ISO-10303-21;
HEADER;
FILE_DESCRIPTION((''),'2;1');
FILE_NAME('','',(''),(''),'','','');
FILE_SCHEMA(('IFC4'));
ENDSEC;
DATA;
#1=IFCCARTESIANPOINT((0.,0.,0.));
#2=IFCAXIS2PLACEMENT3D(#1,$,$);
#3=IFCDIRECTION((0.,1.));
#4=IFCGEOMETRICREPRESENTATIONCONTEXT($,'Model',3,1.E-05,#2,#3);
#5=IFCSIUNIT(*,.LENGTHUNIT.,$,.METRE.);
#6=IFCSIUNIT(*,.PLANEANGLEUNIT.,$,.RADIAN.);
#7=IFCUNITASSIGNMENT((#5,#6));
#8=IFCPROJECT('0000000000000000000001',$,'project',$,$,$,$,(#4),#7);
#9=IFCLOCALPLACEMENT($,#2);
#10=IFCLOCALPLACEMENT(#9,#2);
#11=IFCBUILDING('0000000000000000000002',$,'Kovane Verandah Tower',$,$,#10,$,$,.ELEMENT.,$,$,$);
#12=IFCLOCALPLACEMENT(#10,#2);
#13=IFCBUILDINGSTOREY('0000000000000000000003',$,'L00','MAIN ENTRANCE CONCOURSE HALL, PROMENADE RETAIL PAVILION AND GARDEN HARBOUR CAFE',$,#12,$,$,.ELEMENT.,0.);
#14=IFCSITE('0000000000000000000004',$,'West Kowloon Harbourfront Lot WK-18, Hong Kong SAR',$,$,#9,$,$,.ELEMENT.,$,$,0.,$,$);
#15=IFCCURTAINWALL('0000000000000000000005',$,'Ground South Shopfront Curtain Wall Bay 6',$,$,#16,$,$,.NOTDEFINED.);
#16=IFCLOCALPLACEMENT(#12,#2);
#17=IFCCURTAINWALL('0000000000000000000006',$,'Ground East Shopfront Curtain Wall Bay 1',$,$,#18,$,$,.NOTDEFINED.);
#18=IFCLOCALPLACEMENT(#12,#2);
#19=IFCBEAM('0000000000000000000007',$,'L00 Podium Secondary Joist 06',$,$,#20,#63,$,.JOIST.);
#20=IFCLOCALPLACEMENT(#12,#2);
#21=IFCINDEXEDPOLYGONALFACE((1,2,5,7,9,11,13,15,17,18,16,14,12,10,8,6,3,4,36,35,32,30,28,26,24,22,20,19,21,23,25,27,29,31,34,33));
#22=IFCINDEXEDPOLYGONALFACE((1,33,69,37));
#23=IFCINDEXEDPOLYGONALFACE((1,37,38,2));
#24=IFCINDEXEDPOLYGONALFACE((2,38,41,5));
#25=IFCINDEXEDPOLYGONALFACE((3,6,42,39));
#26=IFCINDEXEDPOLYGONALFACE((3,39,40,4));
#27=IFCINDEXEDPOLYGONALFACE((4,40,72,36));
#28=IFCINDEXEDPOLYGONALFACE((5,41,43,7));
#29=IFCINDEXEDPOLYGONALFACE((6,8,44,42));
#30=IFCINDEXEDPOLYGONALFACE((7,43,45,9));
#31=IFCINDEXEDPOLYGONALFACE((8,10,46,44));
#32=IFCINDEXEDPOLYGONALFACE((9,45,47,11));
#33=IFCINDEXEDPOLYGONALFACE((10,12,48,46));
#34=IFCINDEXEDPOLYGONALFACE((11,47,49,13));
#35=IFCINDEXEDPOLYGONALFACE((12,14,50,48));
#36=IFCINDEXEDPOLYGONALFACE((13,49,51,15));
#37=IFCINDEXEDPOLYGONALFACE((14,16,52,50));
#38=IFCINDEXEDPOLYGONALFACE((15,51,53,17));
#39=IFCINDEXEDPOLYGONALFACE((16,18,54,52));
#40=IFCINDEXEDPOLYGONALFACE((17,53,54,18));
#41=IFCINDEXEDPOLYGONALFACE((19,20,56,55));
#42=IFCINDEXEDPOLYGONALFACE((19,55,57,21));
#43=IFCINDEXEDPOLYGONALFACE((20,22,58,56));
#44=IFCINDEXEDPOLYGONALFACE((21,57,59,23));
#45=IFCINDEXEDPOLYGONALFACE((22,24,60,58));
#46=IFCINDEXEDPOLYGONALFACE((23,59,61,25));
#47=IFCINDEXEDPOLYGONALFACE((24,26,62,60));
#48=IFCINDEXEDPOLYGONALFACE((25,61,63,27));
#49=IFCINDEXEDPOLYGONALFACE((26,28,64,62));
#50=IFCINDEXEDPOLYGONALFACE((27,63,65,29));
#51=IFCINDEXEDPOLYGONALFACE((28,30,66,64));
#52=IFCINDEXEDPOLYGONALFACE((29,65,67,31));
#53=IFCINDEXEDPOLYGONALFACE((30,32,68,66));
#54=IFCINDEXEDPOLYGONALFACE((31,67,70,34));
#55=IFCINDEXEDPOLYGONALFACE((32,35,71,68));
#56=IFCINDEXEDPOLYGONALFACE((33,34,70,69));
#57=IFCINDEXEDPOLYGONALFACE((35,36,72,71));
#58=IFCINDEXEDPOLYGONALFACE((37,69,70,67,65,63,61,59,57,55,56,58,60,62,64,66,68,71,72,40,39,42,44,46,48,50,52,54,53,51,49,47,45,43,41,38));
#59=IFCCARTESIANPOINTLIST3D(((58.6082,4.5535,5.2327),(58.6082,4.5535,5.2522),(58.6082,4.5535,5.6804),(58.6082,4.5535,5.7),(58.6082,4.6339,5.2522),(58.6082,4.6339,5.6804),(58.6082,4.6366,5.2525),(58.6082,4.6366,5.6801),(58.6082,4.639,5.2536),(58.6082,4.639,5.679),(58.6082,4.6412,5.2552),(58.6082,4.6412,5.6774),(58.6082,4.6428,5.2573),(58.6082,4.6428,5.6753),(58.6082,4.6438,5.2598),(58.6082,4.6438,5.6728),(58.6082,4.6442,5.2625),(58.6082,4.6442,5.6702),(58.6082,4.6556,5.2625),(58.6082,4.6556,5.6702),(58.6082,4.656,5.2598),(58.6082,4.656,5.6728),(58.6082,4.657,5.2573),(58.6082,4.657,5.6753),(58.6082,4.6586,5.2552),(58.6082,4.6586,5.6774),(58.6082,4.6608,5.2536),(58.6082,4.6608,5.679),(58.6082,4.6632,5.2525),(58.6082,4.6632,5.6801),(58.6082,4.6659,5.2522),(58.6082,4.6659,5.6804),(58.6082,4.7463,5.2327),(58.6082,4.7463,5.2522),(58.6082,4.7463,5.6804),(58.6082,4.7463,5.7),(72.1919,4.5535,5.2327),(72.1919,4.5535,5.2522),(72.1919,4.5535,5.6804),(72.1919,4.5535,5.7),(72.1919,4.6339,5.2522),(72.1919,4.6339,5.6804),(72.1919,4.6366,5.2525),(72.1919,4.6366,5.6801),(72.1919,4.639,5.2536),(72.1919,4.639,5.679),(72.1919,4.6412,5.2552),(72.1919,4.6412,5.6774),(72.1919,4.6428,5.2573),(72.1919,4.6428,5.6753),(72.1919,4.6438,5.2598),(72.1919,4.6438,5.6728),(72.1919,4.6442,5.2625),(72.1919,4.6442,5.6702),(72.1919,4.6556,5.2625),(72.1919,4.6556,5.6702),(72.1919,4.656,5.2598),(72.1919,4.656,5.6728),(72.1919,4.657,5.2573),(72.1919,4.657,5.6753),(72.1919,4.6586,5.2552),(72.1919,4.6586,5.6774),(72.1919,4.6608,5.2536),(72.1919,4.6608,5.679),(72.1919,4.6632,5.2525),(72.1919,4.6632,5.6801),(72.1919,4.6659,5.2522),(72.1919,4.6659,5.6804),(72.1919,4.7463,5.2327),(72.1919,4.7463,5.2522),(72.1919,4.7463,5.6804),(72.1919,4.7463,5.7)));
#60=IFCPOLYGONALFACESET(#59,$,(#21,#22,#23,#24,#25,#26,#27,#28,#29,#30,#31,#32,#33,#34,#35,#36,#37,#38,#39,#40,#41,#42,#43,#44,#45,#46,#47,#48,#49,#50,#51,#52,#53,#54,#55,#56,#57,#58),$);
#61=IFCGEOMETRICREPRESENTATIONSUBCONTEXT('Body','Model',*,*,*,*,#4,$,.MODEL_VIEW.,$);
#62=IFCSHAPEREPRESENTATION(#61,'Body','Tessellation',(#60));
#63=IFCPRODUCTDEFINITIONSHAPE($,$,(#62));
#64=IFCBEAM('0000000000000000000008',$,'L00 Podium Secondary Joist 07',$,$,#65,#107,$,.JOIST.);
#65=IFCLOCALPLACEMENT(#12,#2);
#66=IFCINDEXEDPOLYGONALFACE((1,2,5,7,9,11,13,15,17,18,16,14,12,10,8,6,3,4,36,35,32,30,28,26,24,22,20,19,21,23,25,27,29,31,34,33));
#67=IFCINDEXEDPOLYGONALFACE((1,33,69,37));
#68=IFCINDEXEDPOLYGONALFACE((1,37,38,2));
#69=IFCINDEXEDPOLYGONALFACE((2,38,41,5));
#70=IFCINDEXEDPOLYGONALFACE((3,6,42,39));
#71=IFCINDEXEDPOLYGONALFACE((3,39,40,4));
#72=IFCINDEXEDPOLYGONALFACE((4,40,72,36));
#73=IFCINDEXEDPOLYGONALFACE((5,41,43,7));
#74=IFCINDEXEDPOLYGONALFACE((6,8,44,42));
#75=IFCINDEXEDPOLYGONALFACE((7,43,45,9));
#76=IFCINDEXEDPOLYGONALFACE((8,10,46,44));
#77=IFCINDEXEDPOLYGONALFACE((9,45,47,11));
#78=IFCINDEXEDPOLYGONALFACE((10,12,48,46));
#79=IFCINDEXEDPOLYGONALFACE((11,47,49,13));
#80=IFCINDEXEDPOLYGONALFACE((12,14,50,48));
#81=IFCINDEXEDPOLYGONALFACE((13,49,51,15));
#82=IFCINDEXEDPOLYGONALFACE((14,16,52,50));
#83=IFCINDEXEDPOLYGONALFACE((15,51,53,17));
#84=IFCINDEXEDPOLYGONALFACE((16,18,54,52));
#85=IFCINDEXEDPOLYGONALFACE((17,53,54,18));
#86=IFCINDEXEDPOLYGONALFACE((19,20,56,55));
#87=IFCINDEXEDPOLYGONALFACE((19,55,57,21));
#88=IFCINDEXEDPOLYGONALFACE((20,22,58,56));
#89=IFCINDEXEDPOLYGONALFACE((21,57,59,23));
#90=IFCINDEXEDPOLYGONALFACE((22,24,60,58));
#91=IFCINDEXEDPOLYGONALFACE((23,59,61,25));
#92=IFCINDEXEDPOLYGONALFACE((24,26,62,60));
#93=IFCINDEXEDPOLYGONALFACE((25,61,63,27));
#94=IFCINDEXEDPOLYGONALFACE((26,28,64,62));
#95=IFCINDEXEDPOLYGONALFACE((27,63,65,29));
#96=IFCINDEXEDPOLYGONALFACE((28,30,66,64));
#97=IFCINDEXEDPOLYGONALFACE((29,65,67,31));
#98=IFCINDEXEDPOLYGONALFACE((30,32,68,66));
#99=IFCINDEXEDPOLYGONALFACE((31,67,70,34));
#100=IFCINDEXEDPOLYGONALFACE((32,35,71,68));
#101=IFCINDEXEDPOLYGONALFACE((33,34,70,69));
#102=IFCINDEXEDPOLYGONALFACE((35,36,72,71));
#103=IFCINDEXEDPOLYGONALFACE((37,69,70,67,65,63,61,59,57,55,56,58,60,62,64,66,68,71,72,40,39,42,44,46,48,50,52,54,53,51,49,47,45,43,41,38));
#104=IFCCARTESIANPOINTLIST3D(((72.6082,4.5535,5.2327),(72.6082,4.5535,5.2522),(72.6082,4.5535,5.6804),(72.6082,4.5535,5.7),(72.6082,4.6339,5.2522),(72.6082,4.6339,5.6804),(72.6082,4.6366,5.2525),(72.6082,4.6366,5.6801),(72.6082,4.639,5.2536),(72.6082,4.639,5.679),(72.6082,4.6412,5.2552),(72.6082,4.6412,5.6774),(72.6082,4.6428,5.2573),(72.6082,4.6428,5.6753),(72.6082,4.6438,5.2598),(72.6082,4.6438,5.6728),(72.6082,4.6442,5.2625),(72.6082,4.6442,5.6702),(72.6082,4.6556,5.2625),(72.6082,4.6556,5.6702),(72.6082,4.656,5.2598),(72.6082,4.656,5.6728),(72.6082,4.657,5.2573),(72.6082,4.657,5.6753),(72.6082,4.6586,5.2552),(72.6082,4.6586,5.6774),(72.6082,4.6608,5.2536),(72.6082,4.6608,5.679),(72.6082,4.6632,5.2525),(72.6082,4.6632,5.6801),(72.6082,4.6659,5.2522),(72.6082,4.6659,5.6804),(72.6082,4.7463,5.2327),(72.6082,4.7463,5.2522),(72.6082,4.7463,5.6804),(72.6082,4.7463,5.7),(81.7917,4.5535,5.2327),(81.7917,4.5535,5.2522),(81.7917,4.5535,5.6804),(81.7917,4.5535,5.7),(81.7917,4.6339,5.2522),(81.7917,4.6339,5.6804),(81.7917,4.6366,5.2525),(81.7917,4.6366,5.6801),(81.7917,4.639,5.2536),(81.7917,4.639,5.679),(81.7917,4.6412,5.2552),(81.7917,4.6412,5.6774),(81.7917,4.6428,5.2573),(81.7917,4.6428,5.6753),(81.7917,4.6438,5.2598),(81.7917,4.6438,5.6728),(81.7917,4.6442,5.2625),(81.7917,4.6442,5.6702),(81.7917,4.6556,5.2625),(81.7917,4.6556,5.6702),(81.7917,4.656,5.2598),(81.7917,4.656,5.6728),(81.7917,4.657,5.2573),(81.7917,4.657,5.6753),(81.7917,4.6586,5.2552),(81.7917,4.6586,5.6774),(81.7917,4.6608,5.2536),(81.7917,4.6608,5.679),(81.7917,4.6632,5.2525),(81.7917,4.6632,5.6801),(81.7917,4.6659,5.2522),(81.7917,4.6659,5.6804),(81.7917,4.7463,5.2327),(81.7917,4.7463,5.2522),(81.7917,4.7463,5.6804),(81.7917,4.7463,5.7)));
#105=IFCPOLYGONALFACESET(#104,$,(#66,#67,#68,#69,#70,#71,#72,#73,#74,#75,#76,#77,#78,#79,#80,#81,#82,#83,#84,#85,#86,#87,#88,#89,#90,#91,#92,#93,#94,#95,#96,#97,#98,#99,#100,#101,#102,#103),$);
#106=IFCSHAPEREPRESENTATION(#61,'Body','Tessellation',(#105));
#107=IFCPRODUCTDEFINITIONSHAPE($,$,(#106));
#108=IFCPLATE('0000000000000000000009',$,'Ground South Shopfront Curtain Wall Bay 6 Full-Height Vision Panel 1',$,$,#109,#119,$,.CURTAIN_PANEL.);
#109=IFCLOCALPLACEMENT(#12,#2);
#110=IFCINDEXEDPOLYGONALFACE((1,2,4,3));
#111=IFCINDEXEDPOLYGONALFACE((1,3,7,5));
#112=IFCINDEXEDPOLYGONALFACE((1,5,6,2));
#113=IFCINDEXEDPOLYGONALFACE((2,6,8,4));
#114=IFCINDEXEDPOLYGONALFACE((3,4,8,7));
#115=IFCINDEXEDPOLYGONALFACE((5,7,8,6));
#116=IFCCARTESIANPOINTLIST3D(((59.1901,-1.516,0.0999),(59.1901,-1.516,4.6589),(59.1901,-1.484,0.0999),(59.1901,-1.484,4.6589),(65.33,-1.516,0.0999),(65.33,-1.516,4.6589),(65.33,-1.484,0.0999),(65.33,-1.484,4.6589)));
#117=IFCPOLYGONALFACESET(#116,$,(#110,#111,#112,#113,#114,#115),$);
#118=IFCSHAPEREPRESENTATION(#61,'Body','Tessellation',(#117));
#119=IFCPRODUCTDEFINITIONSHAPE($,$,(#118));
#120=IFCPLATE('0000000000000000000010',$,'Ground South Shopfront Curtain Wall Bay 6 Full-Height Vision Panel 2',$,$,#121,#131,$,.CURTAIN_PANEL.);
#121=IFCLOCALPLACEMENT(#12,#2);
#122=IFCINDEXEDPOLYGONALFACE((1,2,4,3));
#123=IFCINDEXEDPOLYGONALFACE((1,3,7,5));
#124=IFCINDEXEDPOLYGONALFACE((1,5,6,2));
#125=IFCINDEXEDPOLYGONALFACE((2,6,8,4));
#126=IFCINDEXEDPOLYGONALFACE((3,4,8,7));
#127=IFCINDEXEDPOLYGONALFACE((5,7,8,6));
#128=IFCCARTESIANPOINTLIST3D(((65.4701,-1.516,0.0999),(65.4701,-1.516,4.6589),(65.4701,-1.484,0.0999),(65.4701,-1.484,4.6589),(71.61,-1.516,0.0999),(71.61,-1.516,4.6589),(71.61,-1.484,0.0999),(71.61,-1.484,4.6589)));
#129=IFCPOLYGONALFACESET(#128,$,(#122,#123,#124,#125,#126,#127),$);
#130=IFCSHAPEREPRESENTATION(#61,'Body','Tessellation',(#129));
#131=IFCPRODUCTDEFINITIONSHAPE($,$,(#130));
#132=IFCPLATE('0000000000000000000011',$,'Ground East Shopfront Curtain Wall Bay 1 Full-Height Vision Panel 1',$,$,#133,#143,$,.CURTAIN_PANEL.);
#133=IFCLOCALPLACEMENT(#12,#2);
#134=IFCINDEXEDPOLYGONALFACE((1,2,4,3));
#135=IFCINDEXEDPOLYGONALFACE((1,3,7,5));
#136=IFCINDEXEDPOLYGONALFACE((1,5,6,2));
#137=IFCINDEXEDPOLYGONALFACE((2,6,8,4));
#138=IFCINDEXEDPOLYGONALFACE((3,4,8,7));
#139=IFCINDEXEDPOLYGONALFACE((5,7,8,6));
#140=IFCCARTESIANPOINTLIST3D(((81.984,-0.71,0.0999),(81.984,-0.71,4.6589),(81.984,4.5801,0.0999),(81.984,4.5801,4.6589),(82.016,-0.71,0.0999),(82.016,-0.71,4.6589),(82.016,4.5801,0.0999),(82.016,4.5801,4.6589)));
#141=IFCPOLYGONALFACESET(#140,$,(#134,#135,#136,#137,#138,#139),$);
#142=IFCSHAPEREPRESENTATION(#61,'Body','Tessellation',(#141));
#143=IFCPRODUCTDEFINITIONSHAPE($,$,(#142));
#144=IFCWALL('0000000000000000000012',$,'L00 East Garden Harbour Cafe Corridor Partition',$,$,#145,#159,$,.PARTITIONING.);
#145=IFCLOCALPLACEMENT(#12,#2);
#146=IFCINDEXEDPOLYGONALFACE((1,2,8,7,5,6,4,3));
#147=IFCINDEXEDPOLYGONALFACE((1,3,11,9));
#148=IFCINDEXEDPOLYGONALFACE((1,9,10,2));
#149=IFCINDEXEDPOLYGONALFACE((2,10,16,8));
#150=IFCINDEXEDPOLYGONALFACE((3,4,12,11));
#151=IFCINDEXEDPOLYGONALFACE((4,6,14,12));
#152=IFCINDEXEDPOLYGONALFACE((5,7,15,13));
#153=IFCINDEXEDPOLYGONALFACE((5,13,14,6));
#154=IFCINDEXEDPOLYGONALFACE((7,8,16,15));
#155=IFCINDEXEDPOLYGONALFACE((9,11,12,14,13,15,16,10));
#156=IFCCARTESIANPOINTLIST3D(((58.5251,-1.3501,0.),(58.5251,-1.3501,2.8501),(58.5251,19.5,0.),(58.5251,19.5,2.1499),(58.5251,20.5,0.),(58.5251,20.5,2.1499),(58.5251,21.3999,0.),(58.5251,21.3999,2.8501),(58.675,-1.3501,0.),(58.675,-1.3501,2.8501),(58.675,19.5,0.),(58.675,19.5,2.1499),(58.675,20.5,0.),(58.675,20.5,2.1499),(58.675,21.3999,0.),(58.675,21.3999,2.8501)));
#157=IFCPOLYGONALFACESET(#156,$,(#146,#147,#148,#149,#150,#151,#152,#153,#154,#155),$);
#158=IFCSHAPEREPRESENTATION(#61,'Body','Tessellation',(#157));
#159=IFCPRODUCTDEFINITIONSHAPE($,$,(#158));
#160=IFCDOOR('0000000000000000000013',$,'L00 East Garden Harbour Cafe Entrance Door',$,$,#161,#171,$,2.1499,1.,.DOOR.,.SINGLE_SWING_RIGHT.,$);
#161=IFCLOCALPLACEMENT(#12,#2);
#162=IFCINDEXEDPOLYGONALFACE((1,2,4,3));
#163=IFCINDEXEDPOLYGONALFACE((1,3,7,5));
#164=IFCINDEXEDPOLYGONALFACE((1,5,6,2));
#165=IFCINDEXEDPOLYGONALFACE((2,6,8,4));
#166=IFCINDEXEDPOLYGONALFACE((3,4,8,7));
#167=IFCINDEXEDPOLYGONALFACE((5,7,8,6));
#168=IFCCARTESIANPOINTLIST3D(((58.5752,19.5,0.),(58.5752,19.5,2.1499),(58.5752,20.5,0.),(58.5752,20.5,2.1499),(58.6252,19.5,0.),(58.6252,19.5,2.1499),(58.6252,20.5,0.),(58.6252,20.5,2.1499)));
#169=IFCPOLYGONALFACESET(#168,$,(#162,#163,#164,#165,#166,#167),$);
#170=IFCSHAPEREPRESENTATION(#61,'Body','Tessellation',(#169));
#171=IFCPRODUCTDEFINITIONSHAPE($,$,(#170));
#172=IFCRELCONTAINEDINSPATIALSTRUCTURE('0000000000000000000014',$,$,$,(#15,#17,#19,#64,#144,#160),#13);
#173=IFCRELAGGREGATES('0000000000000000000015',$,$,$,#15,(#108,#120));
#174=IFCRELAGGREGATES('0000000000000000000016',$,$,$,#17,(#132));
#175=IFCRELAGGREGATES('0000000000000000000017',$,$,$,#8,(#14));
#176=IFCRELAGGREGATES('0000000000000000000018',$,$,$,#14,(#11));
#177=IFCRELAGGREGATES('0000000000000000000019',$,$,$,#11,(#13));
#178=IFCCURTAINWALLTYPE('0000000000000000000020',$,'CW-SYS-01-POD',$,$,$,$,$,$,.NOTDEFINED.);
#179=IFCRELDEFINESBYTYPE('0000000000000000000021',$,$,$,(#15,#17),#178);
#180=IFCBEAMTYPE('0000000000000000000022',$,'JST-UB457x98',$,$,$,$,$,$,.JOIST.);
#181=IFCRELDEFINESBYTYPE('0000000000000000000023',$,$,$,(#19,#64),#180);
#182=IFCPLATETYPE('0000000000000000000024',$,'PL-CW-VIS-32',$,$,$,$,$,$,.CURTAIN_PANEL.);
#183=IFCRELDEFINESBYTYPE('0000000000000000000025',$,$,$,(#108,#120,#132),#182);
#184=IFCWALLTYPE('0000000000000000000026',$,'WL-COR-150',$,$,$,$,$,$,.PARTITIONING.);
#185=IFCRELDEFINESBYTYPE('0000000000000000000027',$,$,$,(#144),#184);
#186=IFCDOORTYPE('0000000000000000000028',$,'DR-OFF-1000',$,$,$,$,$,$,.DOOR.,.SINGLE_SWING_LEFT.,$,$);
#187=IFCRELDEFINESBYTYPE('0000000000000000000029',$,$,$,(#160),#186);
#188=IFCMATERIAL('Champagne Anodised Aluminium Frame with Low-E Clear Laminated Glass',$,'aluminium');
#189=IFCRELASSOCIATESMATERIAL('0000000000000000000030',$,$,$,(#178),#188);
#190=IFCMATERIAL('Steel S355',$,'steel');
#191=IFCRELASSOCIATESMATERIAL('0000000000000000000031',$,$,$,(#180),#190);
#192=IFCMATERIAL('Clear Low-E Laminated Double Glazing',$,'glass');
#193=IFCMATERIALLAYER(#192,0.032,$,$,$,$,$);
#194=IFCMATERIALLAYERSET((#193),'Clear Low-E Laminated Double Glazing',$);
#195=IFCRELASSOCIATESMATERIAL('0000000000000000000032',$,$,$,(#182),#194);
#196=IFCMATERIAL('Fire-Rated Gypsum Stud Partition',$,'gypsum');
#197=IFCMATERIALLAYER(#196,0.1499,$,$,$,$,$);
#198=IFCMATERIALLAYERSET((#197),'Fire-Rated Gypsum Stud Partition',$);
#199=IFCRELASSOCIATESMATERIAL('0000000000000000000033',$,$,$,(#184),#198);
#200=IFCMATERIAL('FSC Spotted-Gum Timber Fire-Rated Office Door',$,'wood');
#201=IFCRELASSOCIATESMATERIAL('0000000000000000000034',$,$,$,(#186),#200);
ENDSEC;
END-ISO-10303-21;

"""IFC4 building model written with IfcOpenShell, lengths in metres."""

from ifc_helpers import new_model, si_unit, direction, frame, frame_2d, origin, origin_2d, place, context, subcontext, project, spatial, rectangle, i_section, extrude, material, layer, layer_set, material_profile, profile_set, type_object, element, fill, aggregate, save


model = new_model("IFC4")

# Units and contexts
model_context = context("Model", 3, precision=1e-05, world=origin(), true_north=direction((0.0, 1.0)))
body_context = subcontext(model_context, "Body", "Model", "MODEL_VIEW")
ifc_project = project(units=[si_unit("LENGTHUNIT", "METRE"), si_unit("PLANEANGLEUNIT", "RADIAN")], contexts=[model_context])

# Site, building, storey
site_placement = place(None, origin())
site = spatial("IfcSite", under=ifc_project, at=site_placement, Name="West Kowloon Harbourfront Lot WK-18, Hong Kong SAR", CompositionType="ELEMENT", RefElevation=0.0)
building_placement = place(site_placement, origin())
building = spatial("IfcBuilding", under=site, at=building_placement, Name="Kovane Verandah Tower", CompositionType="ELEMENT")
storey_placement = place(building_placement, origin())
storey = spatial("IfcBuildingStorey", under=building, at=storey_placement, Name="L00", Description="MAIN ENTRANCE CONCOURSE HALL, PROMENADE RETAIL PAVILION AND GARDEN HARBOUR CAFE", CompositionType="ELEMENT", Elevation=0.0)

# Curtain walls
ifc_material_1 = material(Name="Champagne Anodised Aluminium Frame with Low-E Clear Laminated Glass", Category="aluminium")
curtain_wall_type = type_object("IfcCurtainWallType", Name="CW-SYS-01-POD", PredefinedType="NOTDEFINED", material=ifc_material_1)
curtain_wall_1_placement = place(storey_placement, origin())
curtain_wall_1 = element("IfcCurtainWall", 1, at=curtain_wall_1_placement, inside=storey, type_object=curtain_wall_type, Name="Ground South Shopfront Curtain Wall Bay 6", PredefinedType="NOTDEFINED")
curtain_wall_2_placement = place(storey_placement, origin())
curtain_wall_2 = element("IfcCurtainWall", 2, at=curtain_wall_2_placement, inside=storey, type_object=curtain_wall_type, Name="Ground East Shopfront Curtain Wall Bay 1", PredefinedType="NOTDEFINED")

# Beams
ifc_material_2 = material(Name="Steel S355", Category="steel")
ifc_material_profile_1 = material_profile(ifc_material_2, i_section(OverallWidth=0.1929, OverallDepth=0.4673, WebThickness=0.0115, FlangeThickness=0.0195, FilletRadius=0.0103, at=origin_2d()), Name="UB457x191x98")
ifc_profile_set_1 = profile_set([ifc_material_profile_1], Name="Steel S355")
beam_type_1 = type_object("IfcBeamType", Name="JST-UB457x98", PredefinedType="JOIST", material=ifc_profile_set_1)
beam_1_placement = place(storey_placement, frame((58.6082, 4.6499, 5.4663), z_axis=(1.0, 0.0, 0.0), x_axis=(0.0, 1.0, 0.0)))
element("IfcBeam", 3, at=beam_1_placement, inside=storey, type_object=beam_type_1, Name="L00 Podium Secondary Joist 06", PredefinedType="JOIST", context=body_context, shape_type="SweptSolid", body=[
    extrude(i_section(OverallWidth=0.1929, OverallDepth=0.4673, WebThickness=0.0115, FlangeThickness=0.0195, FilletRadius=0.0103, at=origin_2d()), origin(), (0.0, 0.0, 1.0), 13.5837),
])
beam_2_placement = place(storey_placement, frame((72.6082, 4.6499, 5.4663), z_axis=(1.0, 0.0, 0.0), x_axis=(0.0, 1.0, 0.0)))
element("IfcBeam", 4, at=beam_2_placement, inside=storey, type_object=beam_type_1, Name="L00 Podium Secondary Joist 07", PredefinedType="JOIST", context=body_context, shape_type="SweptSolid", body=[
    extrude(i_section(OverallWidth=0.1929, OverallDepth=0.4673, WebThickness=0.0115, FlangeThickness=0.0195, FilletRadius=0.0103, at=origin_2d()), origin(), (0.0, 0.0, 1.0), 9.1836),
])

# Plates
ifc_material_3 = material(Name="Clear Low-E Laminated Double Glazing", Category="glass")
ifc_layer_1 = layer(ifc_material_3, 0.032)
ifc_layer_set_1 = layer_set([ifc_layer_1], Name="Clear Low-E Laminated Double Glazing")
plate_type = type_object("IfcPlateType", Name="PL-CW-VIS-32", PredefinedType="CURTAIN_PANEL", material=ifc_layer_set_1)
plate_1_placement = place(storey_placement, frame((62.26, -1.5, 0.0999), z_axis=(0.0, 0.0, 1.0), x_axis=(1.0, 0.0, 0.0)))
plate_1 = element("IfcPlate", 5, at=plate_1_placement, type_object=plate_type, Name="Ground South Shopfront Curtain Wall Bay 6 Full-Height Vision Panel 1", PredefinedType="CURTAIN_PANEL", context=body_context, shape_type="SweptSolid", body=[
    extrude(rectangle(XDim=6.1399, YDim=0.032, at=origin_2d()), origin(), (0.0, 0.0, 1.0), 4.5591),
])
plate_2_placement = place(storey_placement, frame((68.54, -1.5, 0.0999), z_axis=(0.0, 0.0, 1.0), x_axis=(1.0, 0.0, 0.0)))
plate_2 = element("IfcPlate", 6, at=plate_2_placement, type_object=plate_type, Name="Ground South Shopfront Curtain Wall Bay 6 Full-Height Vision Panel 2", PredefinedType="CURTAIN_PANEL", context=body_context, shape_type="SweptSolid", body=[
    extrude(rectangle(XDim=6.1399, YDim=0.032, at=origin_2d()), origin(), (0.0, 0.0, 1.0), 4.5591),
])
aggregate(curtain_wall_1, [plate_1, plate_2])
plate_3_placement = place(storey_placement, frame((82.0, 1.9351, 0.0999), z_axis=(0.0, 0.0, 1.0), x_axis=(0.0, 1.0, 0.0)))
plate_3 = element("IfcPlate", 7, at=plate_3_placement, type_object=plate_type, Name="Ground East Shopfront Curtain Wall Bay 1 Full-Height Vision Panel 1", PredefinedType="CURTAIN_PANEL", context=body_context, shape_type="SweptSolid", body=[
    extrude(rectangle(XDim=5.29, YDim=0.032, at=origin_2d()), origin(), (0.0, 0.0, 1.0), 4.5591),
])
aggregate(curtain_wall_2, [plate_3])

# Wall, opening, door
ifc_material_4 = material(Name="Fire-Rated Gypsum Stud Partition", Category="gypsum")
ifc_layer_2 = layer(ifc_material_4, 0.1499)
ifc_layer_set_2 = layer_set([ifc_layer_2], Name="Fire-Rated Gypsum Stud Partition")
wall_type_1 = type_object("IfcWallType", Name="WL-COR-150", PredefinedType="PARTITIONING", material=ifc_layer_set_2)
wall_1_placement = place(storey_placement, frame((58.6001, -1.3501, 0.0), z_axis=(0.0, 0.0, 1.0), x_axis=(0.0, 1.0, 0.0)))
wall_1 = element("IfcWall", 8, at=wall_1_placement, inside=storey, type_object=wall_type_1, Name="L00 East Garden Harbour Cafe Corridor Partition", PredefinedType="PARTITIONING", context=body_context, shape_type="SweptSolid", body=[
    extrude(rectangle(XDim=22.75, YDim=0.1499, at=frame_2d((11.375, 0.0))), origin(), (0.0, 0.0, 1.0), 2.8501),
])
opening_1_placement = place(wall_1_placement, frame((20.8501, 0.0, 0.0)))
opening_1 = element("IfcOpeningElement", 9, at=opening_1_placement, cuts=wall_1, PredefinedType="OPENING", context=body_context, shape_type="SweptSolid", body=[
    extrude(rectangle(XDim=1.0, YDim=2.1499, at=frame_2d((0.5, 1.075))), frame((0.0, 0.075, 0.0), z_axis=(0.0, -1.0, 0.0), x_axis=(1.0, 0.0, 0.0)), (0.0, 0.0, 1.0), 0.1499),
])
ifc_material_5 = material(Name="FSC Spotted-Gum Timber Fire-Rated Office Door", Category="wood")
door_type_1 = type_object("IfcDoorType", Name="DR-OFF-1000", OperationType="SINGLE_SWING_LEFT", PredefinedType="DOOR", material=ifc_material_5)
door_1_placement = place(opening_1_placement, origin())
door_1 = element("IfcDoor", 10, at=door_1_placement, inside=storey, type_object=door_type_1, Name="L00 East Garden Harbour Cafe Entrance Door", OperationType="SINGLE_SWING_RIGHT", OverallHeight=2.1499, OverallWidth=1.0, PredefinedType="DOOR", context=body_context, shape_type="SweptSolid", body=[
    extrude(rectangle(XDim=1.0, YDim=2.1499, at=frame_2d((0.5, 1.075))), frame((0.0, 0.0249, 0.0), z_axis=(0.0, -1.0, 0.0), x_axis=(1.0, 0.0, 0.0)), (0.0, 0.0, 1.0), 0.05),
])
fill(opening_1, door_1)

save(model, "model.ifc")
